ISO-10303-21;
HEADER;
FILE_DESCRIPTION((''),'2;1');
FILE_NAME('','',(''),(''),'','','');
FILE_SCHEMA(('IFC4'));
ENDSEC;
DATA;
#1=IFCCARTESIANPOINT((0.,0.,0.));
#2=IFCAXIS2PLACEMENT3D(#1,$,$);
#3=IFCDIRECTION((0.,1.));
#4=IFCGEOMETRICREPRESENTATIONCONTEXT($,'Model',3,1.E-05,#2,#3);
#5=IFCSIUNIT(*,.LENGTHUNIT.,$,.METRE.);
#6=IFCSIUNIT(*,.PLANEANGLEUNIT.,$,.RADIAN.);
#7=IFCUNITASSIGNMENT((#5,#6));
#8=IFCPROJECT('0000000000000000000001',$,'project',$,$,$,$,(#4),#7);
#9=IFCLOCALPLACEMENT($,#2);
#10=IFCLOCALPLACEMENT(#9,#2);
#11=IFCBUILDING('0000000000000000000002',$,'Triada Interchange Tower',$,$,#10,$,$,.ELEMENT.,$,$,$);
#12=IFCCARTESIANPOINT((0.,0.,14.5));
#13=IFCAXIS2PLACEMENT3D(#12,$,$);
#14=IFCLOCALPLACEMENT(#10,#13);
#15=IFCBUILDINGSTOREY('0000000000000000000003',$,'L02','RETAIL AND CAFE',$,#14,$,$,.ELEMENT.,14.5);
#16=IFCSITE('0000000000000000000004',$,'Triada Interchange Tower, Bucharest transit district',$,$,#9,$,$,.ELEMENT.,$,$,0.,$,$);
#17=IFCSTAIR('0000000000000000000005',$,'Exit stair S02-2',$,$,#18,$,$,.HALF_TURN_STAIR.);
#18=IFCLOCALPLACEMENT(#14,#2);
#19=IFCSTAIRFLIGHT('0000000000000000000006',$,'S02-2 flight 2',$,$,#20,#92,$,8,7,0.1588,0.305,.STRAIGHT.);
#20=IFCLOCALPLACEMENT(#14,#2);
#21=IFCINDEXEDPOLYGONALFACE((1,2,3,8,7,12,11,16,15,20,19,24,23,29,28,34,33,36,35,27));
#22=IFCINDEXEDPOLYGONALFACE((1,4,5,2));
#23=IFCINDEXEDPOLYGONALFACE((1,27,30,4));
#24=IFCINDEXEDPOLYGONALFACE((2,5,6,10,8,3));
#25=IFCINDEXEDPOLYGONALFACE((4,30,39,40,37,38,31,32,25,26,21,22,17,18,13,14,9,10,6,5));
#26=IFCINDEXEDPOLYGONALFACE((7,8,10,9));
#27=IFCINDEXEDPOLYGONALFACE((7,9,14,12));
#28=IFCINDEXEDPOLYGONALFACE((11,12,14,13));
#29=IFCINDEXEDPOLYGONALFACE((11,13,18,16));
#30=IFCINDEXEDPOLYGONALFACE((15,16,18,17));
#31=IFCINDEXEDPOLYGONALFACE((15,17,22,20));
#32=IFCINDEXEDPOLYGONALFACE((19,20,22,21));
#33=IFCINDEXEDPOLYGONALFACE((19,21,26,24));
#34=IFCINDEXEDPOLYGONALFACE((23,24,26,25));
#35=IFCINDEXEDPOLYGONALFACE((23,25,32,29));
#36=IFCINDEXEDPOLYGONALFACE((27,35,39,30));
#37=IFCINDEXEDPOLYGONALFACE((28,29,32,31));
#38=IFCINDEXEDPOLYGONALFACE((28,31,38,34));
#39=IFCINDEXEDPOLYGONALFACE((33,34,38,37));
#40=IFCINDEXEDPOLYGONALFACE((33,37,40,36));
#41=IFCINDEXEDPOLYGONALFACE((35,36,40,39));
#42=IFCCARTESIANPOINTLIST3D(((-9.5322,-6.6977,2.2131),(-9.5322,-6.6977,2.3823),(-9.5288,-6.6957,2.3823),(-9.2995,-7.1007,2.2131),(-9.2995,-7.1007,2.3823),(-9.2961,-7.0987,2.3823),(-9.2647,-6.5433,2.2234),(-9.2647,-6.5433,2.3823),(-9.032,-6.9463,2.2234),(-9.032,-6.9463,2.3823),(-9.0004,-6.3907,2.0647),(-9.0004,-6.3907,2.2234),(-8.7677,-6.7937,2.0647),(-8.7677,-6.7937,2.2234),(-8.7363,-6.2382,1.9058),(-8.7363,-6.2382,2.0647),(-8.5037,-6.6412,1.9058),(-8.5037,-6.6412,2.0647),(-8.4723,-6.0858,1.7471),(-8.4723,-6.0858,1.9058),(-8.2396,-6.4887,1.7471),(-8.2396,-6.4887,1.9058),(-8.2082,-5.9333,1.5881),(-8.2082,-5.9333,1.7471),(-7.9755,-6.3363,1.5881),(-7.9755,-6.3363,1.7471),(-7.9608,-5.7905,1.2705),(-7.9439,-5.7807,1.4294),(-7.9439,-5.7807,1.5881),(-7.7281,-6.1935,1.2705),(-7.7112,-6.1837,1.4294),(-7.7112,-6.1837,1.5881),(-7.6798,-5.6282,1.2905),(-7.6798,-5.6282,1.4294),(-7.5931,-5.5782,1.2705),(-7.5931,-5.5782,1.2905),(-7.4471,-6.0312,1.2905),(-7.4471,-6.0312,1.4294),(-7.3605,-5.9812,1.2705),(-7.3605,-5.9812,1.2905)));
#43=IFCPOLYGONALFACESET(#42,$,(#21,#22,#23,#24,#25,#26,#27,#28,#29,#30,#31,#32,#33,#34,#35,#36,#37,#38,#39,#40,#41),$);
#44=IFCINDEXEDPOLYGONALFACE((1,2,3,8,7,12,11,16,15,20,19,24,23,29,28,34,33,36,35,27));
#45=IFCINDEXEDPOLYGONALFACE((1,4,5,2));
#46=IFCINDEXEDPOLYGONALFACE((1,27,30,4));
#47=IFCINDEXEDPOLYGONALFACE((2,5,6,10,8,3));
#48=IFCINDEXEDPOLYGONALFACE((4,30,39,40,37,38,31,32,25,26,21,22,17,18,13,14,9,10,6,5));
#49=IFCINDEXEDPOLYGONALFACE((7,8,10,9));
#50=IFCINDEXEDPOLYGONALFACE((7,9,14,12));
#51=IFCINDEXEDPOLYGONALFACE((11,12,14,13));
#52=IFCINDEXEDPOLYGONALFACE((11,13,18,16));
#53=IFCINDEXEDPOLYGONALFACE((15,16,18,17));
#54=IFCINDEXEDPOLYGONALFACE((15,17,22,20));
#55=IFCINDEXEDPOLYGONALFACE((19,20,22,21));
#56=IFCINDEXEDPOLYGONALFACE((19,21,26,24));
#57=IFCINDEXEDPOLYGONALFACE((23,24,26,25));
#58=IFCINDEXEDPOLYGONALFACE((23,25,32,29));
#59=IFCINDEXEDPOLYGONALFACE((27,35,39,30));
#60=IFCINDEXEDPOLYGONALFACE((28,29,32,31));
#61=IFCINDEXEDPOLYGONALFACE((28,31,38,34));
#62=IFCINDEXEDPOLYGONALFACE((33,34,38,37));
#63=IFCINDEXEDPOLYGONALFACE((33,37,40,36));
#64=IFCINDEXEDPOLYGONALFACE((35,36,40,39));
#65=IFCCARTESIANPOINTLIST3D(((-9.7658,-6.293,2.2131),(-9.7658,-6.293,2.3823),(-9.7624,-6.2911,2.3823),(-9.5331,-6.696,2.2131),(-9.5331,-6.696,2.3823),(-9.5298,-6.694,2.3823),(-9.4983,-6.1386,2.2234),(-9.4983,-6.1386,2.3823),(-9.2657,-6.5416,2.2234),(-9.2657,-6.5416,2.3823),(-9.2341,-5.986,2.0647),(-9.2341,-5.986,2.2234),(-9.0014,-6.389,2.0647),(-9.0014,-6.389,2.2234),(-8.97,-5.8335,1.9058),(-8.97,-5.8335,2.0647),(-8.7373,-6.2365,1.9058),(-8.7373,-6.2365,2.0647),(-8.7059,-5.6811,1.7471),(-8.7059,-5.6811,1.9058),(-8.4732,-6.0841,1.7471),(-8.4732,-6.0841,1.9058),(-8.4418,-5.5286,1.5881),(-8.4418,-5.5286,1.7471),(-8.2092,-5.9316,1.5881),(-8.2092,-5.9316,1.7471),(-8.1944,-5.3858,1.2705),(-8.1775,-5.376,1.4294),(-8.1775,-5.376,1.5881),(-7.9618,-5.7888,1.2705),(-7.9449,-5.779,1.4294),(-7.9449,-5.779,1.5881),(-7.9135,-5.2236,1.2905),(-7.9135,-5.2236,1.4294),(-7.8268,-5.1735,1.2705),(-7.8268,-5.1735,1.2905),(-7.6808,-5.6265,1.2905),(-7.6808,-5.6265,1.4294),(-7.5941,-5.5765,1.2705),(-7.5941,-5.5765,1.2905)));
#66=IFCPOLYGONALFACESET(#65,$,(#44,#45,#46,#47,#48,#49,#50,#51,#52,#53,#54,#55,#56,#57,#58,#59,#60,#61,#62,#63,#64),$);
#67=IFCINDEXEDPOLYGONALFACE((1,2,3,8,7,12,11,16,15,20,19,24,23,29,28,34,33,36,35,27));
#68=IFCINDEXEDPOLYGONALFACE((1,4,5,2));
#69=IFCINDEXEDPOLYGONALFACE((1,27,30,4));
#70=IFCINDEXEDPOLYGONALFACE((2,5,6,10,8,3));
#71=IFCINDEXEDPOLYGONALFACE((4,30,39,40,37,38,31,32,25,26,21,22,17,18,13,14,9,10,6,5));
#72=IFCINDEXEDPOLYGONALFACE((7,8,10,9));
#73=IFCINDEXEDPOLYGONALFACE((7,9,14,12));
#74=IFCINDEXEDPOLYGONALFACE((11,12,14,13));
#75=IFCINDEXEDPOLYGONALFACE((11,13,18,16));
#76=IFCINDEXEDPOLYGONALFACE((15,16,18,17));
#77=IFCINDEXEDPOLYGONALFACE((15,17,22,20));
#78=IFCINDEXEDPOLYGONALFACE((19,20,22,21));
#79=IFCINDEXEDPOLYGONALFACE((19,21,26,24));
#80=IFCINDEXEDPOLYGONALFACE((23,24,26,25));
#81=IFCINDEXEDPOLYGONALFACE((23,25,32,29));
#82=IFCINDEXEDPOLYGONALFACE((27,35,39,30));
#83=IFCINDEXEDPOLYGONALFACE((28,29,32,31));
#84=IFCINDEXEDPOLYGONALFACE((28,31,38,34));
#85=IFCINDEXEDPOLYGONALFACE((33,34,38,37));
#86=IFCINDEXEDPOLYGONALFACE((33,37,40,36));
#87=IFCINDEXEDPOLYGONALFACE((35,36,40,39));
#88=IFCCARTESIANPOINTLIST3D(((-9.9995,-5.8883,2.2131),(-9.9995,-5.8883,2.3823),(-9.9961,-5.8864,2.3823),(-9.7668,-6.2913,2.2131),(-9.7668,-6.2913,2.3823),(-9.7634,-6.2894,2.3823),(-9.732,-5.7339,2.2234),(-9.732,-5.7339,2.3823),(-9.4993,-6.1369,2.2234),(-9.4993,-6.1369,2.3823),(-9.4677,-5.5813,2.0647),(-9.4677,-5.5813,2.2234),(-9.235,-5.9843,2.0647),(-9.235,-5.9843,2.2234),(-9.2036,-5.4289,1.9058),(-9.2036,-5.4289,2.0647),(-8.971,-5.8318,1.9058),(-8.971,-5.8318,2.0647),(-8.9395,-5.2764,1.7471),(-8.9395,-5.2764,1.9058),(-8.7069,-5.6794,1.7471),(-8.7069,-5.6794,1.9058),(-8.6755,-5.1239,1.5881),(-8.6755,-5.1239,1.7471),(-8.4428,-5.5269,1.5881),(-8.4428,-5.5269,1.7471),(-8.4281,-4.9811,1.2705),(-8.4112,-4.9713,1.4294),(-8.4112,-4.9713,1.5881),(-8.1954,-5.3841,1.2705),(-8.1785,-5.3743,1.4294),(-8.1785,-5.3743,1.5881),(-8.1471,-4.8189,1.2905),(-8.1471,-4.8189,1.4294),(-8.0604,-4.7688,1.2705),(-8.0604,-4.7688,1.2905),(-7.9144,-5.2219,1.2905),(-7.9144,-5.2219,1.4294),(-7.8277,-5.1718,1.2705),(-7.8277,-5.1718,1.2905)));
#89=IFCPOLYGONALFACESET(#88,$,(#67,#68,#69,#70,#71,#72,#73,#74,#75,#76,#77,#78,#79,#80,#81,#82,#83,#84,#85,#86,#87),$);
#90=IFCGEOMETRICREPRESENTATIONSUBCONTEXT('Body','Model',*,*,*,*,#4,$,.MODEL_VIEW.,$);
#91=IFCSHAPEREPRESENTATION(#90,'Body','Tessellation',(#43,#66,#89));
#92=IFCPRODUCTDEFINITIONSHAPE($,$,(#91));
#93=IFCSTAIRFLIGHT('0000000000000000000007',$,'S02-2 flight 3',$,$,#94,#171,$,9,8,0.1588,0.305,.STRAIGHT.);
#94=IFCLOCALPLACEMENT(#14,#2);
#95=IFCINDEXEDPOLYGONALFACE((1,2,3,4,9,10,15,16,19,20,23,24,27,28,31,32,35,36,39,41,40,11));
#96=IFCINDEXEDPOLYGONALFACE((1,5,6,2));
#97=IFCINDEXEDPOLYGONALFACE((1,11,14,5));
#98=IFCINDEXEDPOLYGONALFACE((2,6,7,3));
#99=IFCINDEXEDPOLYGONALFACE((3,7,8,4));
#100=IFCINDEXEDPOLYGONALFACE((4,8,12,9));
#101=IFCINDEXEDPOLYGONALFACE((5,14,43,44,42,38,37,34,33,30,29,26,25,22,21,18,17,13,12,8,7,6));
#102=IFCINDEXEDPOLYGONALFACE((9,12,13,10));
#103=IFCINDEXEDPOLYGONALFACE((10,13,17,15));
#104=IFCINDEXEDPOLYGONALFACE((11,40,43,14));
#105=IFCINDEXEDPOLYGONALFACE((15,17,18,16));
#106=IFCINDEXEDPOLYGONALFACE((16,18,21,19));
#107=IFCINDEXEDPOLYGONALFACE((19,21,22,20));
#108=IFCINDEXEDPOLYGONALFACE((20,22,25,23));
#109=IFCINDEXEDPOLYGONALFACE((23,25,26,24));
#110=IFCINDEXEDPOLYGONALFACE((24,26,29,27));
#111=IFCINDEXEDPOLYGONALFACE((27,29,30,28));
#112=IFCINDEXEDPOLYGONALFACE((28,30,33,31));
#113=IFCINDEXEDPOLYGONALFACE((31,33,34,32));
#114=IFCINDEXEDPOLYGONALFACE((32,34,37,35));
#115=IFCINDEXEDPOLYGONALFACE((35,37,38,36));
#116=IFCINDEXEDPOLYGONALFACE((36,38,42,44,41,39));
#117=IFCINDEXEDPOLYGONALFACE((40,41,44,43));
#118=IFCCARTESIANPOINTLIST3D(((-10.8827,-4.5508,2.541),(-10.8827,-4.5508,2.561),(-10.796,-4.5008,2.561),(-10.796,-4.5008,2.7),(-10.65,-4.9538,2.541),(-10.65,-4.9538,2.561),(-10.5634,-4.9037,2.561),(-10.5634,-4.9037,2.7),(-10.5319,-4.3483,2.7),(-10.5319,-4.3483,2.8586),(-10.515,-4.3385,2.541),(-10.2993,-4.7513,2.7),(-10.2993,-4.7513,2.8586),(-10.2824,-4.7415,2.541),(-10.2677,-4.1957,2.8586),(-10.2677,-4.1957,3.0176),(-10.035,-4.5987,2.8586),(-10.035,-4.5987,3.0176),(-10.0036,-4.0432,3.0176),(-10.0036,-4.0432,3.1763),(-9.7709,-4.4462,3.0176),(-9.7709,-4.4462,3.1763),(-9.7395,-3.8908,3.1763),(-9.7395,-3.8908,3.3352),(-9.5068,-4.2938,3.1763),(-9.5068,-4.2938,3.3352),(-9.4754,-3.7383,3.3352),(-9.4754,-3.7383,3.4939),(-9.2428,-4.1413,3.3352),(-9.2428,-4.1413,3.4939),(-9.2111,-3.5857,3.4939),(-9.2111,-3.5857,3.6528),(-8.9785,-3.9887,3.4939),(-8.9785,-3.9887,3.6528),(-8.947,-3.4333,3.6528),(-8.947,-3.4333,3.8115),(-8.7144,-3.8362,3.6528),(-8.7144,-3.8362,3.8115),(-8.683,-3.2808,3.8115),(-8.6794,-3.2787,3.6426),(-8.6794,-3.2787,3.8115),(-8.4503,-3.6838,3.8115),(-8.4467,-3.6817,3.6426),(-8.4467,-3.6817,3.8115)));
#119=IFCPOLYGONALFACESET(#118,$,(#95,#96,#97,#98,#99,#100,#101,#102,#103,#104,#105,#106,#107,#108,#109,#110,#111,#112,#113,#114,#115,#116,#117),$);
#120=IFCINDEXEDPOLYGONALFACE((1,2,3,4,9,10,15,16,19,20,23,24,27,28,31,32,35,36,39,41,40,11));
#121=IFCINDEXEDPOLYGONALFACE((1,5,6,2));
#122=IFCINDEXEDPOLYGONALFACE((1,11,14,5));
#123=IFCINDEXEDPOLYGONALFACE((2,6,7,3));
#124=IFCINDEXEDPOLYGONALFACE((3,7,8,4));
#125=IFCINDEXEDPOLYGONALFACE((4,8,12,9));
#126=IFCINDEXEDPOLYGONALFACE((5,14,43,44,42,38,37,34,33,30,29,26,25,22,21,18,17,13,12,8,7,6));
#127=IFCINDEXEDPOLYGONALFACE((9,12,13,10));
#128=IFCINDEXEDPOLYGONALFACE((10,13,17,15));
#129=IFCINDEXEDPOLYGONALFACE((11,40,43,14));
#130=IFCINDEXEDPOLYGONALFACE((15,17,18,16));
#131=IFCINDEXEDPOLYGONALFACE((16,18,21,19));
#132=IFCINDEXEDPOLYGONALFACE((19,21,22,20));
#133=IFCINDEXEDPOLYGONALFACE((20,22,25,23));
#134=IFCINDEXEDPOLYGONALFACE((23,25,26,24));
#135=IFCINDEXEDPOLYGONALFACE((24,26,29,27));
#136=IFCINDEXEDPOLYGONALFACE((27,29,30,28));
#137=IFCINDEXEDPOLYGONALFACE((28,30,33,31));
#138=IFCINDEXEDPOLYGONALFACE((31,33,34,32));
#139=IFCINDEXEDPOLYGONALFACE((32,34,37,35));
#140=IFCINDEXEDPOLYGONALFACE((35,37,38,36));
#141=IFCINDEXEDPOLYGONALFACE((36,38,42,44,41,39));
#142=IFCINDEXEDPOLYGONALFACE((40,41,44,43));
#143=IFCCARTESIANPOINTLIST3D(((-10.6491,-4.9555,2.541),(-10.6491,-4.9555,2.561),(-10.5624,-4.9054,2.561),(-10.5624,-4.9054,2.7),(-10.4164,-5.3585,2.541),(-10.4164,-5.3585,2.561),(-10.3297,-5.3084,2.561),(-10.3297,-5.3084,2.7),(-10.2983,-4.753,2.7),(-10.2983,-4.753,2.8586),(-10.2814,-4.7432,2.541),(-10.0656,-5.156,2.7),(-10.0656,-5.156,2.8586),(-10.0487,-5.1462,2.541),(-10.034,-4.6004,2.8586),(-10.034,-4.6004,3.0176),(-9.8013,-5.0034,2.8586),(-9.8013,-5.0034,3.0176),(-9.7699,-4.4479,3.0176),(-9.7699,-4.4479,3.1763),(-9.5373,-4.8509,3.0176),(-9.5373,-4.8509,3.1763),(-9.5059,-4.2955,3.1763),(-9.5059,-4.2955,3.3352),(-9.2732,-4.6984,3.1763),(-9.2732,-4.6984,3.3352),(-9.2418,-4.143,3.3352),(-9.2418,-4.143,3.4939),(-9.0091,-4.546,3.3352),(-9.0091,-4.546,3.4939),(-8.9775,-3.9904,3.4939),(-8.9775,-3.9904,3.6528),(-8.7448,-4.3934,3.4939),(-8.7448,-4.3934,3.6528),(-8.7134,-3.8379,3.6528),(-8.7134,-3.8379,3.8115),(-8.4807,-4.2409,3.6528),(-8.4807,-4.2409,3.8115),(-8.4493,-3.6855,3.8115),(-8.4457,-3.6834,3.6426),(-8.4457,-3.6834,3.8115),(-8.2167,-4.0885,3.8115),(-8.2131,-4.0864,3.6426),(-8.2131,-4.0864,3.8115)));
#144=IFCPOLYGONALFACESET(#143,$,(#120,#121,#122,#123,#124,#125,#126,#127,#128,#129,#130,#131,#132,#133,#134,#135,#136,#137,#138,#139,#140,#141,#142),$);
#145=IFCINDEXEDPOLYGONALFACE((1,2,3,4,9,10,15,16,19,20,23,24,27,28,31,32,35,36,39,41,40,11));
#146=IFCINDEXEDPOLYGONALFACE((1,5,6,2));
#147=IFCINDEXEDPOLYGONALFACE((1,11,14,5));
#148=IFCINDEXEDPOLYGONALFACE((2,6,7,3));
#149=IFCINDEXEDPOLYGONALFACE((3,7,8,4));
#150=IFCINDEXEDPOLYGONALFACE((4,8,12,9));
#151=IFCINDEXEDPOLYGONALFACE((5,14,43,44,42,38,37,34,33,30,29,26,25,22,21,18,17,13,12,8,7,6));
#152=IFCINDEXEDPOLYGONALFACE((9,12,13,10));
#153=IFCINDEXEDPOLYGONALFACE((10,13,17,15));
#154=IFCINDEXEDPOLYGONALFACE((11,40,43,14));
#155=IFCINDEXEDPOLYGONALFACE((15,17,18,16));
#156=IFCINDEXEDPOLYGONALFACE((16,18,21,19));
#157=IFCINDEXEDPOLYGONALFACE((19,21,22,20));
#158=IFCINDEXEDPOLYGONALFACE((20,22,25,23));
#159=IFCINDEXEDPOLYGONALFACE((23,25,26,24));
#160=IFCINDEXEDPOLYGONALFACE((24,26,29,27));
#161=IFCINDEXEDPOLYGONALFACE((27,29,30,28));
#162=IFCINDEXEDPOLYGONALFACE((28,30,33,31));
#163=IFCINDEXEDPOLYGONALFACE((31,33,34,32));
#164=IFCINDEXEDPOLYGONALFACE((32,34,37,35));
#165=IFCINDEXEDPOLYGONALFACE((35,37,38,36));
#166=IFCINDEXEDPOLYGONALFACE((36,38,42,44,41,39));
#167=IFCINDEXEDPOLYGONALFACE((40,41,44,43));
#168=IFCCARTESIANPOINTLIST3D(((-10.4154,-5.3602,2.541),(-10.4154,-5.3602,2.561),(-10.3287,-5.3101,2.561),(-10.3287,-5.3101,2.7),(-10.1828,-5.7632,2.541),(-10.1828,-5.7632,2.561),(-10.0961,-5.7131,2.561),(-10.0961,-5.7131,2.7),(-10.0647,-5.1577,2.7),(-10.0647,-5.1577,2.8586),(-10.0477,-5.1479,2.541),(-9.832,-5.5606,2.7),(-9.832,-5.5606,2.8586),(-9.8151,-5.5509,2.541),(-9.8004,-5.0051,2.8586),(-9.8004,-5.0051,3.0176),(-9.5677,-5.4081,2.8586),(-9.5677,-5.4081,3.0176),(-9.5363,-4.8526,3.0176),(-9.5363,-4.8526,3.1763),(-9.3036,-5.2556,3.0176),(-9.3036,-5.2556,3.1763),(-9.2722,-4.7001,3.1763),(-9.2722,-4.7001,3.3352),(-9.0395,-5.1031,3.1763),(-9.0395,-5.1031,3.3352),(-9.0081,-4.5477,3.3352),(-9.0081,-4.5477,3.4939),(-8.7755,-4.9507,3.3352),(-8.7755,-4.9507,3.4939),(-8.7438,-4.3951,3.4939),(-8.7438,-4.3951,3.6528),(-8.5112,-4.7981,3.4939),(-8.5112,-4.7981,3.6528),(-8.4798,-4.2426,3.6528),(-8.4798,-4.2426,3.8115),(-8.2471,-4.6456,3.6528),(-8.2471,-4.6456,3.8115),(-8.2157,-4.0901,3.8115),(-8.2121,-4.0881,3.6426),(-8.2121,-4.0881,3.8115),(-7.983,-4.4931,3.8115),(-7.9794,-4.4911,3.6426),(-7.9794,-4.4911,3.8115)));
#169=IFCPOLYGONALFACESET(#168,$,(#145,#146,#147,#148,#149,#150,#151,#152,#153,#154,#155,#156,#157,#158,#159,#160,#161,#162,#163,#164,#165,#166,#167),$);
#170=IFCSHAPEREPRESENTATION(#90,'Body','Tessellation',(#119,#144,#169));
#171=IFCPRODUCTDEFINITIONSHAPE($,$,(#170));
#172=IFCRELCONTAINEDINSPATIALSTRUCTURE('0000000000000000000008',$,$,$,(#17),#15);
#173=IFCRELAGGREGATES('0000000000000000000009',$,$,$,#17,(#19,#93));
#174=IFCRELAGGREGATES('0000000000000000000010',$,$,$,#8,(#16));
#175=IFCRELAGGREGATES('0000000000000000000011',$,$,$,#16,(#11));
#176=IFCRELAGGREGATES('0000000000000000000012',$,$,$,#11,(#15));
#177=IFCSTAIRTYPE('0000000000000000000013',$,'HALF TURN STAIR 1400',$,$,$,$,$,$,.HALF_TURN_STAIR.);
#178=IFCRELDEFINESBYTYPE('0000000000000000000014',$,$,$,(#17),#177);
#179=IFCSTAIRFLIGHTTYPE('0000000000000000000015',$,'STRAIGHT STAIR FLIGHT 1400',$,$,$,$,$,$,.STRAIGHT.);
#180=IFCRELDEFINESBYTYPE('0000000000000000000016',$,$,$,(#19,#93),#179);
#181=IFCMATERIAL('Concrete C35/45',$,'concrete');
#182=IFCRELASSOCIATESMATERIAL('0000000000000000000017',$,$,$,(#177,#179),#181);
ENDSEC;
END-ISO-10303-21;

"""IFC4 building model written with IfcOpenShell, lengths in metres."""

from ifc_helpers import new_model, si_unit, direction, frame, origin, place, context, subcontext, project, spatial, polyline, outline, extrude, material, type_object, element, aggregate, save


model = new_model("IFC4")

# Units and contexts
model_context = context("Model", 3, precision=1e-05, world=origin(), true_north=direction((0.0, 1.0)))
body_context = subcontext(model_context, "Body", "Model", "MODEL_VIEW")
ifc_project = project(units=[si_unit("LENGTHUNIT", "METRE"), si_unit("PLANEANGLEUNIT", "RADIAN")], contexts=[model_context])

# Site, building, storey
site_placement = place(None, origin())
site = spatial("IfcSite", under=ifc_project, at=site_placement, Name="Triada Interchange Tower, Bucharest transit district", CompositionType="ELEMENT", RefElevation=0.0)
building_placement = place(site_placement, origin())
building = spatial("IfcBuilding", under=site, at=building_placement, Name="Triada Interchange Tower", CompositionType="ELEMENT")
storey_placement = place(building_placement, frame((0.0, 0.0, 14.5)))
storey = spatial("IfcBuildingStorey", under=building, at=storey_placement, Name="L02", Description="RETAIL AND CAFE", CompositionType="ELEMENT", Elevation=14.5)

# Shared definitions
ifc_material_1 = material(Name="Concrete C35/45", Category="concrete")

# Stair, stair flights
stair_type = type_object("IfcStairType", Name="HALF TURN STAIR 1400", PredefinedType="HALF_TURN_STAIR", material=ifc_material_1)
stair_1_placement = place(storey_placement, origin())
stair_1 = element("IfcStair", 1, at=stair_1_placement, inside=storey, type_object=stair_type, Name="Exit stair S02-2", PredefinedType="HALF_TURN_STAIR")
stair_flight_type = type_object("IfcStairFlightType", Name="STRAIGHT STAIR FLIGHT 1400", PredefinedType="STRAIGHT", material=ifc_material_1)
stair_flight_1_placement = place(storey_placement, frame((-7.7971, -5.425, 1.2705), z_axis=(0.0, 0.0, 1.0), x_axis=(-0.866025, -0.5, 0.0)))
stair_flight_1 = element("IfcStairFlight", 2, at=stair_flight_1_placement, type_object=stair_flight_type, Name="S02-2 flight 2", NumberOfRisers=8, NumberOfTreads=7, PredefinedType="STRAIGHT", RiserHeight=0.1588, TreadLength=0.305, context=body_context, shape_type="SweptSolid", body=[
    extrude(outline(polyline([(-0.1001, 0.0), (-0.1001, 0.02), (0.0, 0.02), (0.0, 0.1589), (0.3049, 0.1589), (0.3049, 0.3176), (0.6101, 0.3176), (0.6101, 0.4766), (0.915, 0.4766), (0.915, 0.6353), (1.22, 0.6353), (1.22, 0.7942), (1.5249, 0.7942), (1.5249, 0.9529), (1.8301, 0.9529), (1.8301, 1.1118), (2.135, 1.1118), (2.1389, 1.1118), (2.1389, 1.2705), (2.1389, 0.9426), (0.3245, 0.0), (-0.1001, 0.0)])), frame((0.0, 0.7, 0.0), z_axis=(0.0, -1.0, 0.0), x_axis=(1.0, 0.0, 0.0)), (0.0, 0.0, 1.0), 0.4653),
    extrude(outline(polyline([(-0.1001, 0.0), (-0.1001, 0.02), (0.0, 0.02), (0.0, 0.1589), (0.3049, 0.1589), (0.3049, 0.3176), (0.6101, 0.3176), (0.6101, 0.4766), (0.915, 0.4766), (0.915, 0.6353), (1.22, 0.6353), (1.22, 0.7942), (1.5249, 0.7942), (1.5249, 0.9529), (1.8301, 0.9529), (1.8301, 1.1118), (2.135, 1.1118), (2.1389, 1.1118), (2.1389, 1.2705), (2.1389, 0.9426), (0.3245, 0.0), (-0.1001, 0.0)])), frame((0.0, 0.2327, 0.0), z_axis=(0.0, -1.0, 0.0), x_axis=(1.0, 0.0, 0.0)), (0.0, 0.0, 1.0), 0.4653),
    extrude(outline(polyline([(-0.1001, 0.0), (-0.1001, 0.02), (0.0, 0.02), (0.0, 0.1589), (0.3049, 0.1589), (0.3049, 0.3176), (0.6101, 0.3176), (0.6101, 0.4766), (0.915, 0.4766), (0.915, 0.6353), (1.22, 0.6353), (1.22, 0.7942), (1.5249, 0.7942), (1.5249, 0.9529), (1.8301, 0.9529), (1.8301, 1.1118), (2.135, 1.1118), (2.1389, 1.1118), (2.1389, 1.2705), (2.1389, 0.9426), (0.3245, 0.0), (-0.1001, 0.0)])), frame((0.0, -0.2346, 0.0), z_axis=(0.0, -1.0, 0.0), x_axis=(1.0, 0.0, 0.0)), (0.0, 0.0, 1.0), 0.4653),
])
stair_flight_2_placement = place(storey_placement, frame((-10.446, -5.1069, 2.541), z_axis=(0.0, 0.0, 1.0), x_axis=(0.866025, 0.5, 0.0)))
stair_flight_2 = element("IfcStairFlight", 3, at=stair_flight_2_placement, type_object=stair_flight_type, Name="S02-2 flight 3", NumberOfRisers=9, NumberOfTreads=8, PredefinedType="STRAIGHT", RiserHeight=0.1588, TreadLength=0.305, context=body_context, shape_type="SweptSolid", body=[
    extrude(outline(polyline([(-0.1001, 0.0), (-0.1001, 0.02), (0.0, 0.02), (0.0, 0.1589), (0.3049, 0.1589), (0.3049, 0.3176), (0.6101, 0.3176), (0.6101, 0.4766), (0.915, 0.4766), (0.915, 0.6353), (1.22, 0.6353), (1.22, 0.7942), (1.5249, 0.7942), (1.5249, 0.9529), (1.8301, 0.9529), (1.8301, 1.1118), (2.135, 1.1118), (2.135, 1.2705), (2.4399, 1.2705), (2.4441, 1.2705), (2.4441, 1.4294), (2.4441, 1.1016), (0.3245, 0.0), (-0.1001, 0.0)])), frame((0.0, 0.7, 0.0), z_axis=(0.0, -1.0, 0.0), x_axis=(1.0, 0.0, 0.0)), (0.0, 0.0, 1.0), 0.4653),
    extrude(outline(polyline([(-0.1001, 0.0), (-0.1001, 0.02), (0.0, 0.02), (0.0, 0.1589), (0.3049, 0.1589), (0.3049, 0.3176), (0.6101, 0.3176), (0.6101, 0.4766), (0.915, 0.4766), (0.915, 0.6353), (1.22, 0.6353), (1.22, 0.7942), (1.5249, 0.7942), (1.5249, 0.9529), (1.8301, 0.9529), (1.8301, 1.1118), (2.135, 1.1118), (2.135, 1.2705), (2.4399, 1.2705), (2.4441, 1.2705), (2.4441, 1.4294), (2.4441, 1.1016), (0.3245, 0.0), (-0.1001, 0.0)])), frame((0.0, 0.2327, 0.0), z_axis=(0.0, -1.0, 0.0), x_axis=(1.0, 0.0, 0.0)), (0.0, 0.0, 1.0), 0.4653),
    extrude(outline(polyline([(-0.1001, 0.0), (-0.1001, 0.02), (0.0, 0.02), (0.0, 0.1589), (0.3049, 0.1589), (0.3049, 0.3176), (0.6101, 0.3176), (0.6101, 0.4766), (0.915, 0.4766), (0.915, 0.6353), (1.22, 0.6353), (1.22, 0.7942), (1.5249, 0.7942), (1.5249, 0.9529), (1.8301, 0.9529), (1.8301, 1.1118), (2.135, 1.1118), (2.135, 1.2705), (2.4399, 1.2705), (2.4441, 1.2705), (2.4441, 1.4294), (2.4441, 1.1016), (0.3245, 0.0), (-0.1001, 0.0)])), frame((0.0, -0.2346, 0.0), z_axis=(0.0, -1.0, 0.0), x_axis=(1.0, 0.0, 0.0)), (0.0, 0.0, 1.0), 0.4653),
])
aggregate(stair_1, [stair_flight_1, stair_flight_2])

save(model, "model.ifc")
